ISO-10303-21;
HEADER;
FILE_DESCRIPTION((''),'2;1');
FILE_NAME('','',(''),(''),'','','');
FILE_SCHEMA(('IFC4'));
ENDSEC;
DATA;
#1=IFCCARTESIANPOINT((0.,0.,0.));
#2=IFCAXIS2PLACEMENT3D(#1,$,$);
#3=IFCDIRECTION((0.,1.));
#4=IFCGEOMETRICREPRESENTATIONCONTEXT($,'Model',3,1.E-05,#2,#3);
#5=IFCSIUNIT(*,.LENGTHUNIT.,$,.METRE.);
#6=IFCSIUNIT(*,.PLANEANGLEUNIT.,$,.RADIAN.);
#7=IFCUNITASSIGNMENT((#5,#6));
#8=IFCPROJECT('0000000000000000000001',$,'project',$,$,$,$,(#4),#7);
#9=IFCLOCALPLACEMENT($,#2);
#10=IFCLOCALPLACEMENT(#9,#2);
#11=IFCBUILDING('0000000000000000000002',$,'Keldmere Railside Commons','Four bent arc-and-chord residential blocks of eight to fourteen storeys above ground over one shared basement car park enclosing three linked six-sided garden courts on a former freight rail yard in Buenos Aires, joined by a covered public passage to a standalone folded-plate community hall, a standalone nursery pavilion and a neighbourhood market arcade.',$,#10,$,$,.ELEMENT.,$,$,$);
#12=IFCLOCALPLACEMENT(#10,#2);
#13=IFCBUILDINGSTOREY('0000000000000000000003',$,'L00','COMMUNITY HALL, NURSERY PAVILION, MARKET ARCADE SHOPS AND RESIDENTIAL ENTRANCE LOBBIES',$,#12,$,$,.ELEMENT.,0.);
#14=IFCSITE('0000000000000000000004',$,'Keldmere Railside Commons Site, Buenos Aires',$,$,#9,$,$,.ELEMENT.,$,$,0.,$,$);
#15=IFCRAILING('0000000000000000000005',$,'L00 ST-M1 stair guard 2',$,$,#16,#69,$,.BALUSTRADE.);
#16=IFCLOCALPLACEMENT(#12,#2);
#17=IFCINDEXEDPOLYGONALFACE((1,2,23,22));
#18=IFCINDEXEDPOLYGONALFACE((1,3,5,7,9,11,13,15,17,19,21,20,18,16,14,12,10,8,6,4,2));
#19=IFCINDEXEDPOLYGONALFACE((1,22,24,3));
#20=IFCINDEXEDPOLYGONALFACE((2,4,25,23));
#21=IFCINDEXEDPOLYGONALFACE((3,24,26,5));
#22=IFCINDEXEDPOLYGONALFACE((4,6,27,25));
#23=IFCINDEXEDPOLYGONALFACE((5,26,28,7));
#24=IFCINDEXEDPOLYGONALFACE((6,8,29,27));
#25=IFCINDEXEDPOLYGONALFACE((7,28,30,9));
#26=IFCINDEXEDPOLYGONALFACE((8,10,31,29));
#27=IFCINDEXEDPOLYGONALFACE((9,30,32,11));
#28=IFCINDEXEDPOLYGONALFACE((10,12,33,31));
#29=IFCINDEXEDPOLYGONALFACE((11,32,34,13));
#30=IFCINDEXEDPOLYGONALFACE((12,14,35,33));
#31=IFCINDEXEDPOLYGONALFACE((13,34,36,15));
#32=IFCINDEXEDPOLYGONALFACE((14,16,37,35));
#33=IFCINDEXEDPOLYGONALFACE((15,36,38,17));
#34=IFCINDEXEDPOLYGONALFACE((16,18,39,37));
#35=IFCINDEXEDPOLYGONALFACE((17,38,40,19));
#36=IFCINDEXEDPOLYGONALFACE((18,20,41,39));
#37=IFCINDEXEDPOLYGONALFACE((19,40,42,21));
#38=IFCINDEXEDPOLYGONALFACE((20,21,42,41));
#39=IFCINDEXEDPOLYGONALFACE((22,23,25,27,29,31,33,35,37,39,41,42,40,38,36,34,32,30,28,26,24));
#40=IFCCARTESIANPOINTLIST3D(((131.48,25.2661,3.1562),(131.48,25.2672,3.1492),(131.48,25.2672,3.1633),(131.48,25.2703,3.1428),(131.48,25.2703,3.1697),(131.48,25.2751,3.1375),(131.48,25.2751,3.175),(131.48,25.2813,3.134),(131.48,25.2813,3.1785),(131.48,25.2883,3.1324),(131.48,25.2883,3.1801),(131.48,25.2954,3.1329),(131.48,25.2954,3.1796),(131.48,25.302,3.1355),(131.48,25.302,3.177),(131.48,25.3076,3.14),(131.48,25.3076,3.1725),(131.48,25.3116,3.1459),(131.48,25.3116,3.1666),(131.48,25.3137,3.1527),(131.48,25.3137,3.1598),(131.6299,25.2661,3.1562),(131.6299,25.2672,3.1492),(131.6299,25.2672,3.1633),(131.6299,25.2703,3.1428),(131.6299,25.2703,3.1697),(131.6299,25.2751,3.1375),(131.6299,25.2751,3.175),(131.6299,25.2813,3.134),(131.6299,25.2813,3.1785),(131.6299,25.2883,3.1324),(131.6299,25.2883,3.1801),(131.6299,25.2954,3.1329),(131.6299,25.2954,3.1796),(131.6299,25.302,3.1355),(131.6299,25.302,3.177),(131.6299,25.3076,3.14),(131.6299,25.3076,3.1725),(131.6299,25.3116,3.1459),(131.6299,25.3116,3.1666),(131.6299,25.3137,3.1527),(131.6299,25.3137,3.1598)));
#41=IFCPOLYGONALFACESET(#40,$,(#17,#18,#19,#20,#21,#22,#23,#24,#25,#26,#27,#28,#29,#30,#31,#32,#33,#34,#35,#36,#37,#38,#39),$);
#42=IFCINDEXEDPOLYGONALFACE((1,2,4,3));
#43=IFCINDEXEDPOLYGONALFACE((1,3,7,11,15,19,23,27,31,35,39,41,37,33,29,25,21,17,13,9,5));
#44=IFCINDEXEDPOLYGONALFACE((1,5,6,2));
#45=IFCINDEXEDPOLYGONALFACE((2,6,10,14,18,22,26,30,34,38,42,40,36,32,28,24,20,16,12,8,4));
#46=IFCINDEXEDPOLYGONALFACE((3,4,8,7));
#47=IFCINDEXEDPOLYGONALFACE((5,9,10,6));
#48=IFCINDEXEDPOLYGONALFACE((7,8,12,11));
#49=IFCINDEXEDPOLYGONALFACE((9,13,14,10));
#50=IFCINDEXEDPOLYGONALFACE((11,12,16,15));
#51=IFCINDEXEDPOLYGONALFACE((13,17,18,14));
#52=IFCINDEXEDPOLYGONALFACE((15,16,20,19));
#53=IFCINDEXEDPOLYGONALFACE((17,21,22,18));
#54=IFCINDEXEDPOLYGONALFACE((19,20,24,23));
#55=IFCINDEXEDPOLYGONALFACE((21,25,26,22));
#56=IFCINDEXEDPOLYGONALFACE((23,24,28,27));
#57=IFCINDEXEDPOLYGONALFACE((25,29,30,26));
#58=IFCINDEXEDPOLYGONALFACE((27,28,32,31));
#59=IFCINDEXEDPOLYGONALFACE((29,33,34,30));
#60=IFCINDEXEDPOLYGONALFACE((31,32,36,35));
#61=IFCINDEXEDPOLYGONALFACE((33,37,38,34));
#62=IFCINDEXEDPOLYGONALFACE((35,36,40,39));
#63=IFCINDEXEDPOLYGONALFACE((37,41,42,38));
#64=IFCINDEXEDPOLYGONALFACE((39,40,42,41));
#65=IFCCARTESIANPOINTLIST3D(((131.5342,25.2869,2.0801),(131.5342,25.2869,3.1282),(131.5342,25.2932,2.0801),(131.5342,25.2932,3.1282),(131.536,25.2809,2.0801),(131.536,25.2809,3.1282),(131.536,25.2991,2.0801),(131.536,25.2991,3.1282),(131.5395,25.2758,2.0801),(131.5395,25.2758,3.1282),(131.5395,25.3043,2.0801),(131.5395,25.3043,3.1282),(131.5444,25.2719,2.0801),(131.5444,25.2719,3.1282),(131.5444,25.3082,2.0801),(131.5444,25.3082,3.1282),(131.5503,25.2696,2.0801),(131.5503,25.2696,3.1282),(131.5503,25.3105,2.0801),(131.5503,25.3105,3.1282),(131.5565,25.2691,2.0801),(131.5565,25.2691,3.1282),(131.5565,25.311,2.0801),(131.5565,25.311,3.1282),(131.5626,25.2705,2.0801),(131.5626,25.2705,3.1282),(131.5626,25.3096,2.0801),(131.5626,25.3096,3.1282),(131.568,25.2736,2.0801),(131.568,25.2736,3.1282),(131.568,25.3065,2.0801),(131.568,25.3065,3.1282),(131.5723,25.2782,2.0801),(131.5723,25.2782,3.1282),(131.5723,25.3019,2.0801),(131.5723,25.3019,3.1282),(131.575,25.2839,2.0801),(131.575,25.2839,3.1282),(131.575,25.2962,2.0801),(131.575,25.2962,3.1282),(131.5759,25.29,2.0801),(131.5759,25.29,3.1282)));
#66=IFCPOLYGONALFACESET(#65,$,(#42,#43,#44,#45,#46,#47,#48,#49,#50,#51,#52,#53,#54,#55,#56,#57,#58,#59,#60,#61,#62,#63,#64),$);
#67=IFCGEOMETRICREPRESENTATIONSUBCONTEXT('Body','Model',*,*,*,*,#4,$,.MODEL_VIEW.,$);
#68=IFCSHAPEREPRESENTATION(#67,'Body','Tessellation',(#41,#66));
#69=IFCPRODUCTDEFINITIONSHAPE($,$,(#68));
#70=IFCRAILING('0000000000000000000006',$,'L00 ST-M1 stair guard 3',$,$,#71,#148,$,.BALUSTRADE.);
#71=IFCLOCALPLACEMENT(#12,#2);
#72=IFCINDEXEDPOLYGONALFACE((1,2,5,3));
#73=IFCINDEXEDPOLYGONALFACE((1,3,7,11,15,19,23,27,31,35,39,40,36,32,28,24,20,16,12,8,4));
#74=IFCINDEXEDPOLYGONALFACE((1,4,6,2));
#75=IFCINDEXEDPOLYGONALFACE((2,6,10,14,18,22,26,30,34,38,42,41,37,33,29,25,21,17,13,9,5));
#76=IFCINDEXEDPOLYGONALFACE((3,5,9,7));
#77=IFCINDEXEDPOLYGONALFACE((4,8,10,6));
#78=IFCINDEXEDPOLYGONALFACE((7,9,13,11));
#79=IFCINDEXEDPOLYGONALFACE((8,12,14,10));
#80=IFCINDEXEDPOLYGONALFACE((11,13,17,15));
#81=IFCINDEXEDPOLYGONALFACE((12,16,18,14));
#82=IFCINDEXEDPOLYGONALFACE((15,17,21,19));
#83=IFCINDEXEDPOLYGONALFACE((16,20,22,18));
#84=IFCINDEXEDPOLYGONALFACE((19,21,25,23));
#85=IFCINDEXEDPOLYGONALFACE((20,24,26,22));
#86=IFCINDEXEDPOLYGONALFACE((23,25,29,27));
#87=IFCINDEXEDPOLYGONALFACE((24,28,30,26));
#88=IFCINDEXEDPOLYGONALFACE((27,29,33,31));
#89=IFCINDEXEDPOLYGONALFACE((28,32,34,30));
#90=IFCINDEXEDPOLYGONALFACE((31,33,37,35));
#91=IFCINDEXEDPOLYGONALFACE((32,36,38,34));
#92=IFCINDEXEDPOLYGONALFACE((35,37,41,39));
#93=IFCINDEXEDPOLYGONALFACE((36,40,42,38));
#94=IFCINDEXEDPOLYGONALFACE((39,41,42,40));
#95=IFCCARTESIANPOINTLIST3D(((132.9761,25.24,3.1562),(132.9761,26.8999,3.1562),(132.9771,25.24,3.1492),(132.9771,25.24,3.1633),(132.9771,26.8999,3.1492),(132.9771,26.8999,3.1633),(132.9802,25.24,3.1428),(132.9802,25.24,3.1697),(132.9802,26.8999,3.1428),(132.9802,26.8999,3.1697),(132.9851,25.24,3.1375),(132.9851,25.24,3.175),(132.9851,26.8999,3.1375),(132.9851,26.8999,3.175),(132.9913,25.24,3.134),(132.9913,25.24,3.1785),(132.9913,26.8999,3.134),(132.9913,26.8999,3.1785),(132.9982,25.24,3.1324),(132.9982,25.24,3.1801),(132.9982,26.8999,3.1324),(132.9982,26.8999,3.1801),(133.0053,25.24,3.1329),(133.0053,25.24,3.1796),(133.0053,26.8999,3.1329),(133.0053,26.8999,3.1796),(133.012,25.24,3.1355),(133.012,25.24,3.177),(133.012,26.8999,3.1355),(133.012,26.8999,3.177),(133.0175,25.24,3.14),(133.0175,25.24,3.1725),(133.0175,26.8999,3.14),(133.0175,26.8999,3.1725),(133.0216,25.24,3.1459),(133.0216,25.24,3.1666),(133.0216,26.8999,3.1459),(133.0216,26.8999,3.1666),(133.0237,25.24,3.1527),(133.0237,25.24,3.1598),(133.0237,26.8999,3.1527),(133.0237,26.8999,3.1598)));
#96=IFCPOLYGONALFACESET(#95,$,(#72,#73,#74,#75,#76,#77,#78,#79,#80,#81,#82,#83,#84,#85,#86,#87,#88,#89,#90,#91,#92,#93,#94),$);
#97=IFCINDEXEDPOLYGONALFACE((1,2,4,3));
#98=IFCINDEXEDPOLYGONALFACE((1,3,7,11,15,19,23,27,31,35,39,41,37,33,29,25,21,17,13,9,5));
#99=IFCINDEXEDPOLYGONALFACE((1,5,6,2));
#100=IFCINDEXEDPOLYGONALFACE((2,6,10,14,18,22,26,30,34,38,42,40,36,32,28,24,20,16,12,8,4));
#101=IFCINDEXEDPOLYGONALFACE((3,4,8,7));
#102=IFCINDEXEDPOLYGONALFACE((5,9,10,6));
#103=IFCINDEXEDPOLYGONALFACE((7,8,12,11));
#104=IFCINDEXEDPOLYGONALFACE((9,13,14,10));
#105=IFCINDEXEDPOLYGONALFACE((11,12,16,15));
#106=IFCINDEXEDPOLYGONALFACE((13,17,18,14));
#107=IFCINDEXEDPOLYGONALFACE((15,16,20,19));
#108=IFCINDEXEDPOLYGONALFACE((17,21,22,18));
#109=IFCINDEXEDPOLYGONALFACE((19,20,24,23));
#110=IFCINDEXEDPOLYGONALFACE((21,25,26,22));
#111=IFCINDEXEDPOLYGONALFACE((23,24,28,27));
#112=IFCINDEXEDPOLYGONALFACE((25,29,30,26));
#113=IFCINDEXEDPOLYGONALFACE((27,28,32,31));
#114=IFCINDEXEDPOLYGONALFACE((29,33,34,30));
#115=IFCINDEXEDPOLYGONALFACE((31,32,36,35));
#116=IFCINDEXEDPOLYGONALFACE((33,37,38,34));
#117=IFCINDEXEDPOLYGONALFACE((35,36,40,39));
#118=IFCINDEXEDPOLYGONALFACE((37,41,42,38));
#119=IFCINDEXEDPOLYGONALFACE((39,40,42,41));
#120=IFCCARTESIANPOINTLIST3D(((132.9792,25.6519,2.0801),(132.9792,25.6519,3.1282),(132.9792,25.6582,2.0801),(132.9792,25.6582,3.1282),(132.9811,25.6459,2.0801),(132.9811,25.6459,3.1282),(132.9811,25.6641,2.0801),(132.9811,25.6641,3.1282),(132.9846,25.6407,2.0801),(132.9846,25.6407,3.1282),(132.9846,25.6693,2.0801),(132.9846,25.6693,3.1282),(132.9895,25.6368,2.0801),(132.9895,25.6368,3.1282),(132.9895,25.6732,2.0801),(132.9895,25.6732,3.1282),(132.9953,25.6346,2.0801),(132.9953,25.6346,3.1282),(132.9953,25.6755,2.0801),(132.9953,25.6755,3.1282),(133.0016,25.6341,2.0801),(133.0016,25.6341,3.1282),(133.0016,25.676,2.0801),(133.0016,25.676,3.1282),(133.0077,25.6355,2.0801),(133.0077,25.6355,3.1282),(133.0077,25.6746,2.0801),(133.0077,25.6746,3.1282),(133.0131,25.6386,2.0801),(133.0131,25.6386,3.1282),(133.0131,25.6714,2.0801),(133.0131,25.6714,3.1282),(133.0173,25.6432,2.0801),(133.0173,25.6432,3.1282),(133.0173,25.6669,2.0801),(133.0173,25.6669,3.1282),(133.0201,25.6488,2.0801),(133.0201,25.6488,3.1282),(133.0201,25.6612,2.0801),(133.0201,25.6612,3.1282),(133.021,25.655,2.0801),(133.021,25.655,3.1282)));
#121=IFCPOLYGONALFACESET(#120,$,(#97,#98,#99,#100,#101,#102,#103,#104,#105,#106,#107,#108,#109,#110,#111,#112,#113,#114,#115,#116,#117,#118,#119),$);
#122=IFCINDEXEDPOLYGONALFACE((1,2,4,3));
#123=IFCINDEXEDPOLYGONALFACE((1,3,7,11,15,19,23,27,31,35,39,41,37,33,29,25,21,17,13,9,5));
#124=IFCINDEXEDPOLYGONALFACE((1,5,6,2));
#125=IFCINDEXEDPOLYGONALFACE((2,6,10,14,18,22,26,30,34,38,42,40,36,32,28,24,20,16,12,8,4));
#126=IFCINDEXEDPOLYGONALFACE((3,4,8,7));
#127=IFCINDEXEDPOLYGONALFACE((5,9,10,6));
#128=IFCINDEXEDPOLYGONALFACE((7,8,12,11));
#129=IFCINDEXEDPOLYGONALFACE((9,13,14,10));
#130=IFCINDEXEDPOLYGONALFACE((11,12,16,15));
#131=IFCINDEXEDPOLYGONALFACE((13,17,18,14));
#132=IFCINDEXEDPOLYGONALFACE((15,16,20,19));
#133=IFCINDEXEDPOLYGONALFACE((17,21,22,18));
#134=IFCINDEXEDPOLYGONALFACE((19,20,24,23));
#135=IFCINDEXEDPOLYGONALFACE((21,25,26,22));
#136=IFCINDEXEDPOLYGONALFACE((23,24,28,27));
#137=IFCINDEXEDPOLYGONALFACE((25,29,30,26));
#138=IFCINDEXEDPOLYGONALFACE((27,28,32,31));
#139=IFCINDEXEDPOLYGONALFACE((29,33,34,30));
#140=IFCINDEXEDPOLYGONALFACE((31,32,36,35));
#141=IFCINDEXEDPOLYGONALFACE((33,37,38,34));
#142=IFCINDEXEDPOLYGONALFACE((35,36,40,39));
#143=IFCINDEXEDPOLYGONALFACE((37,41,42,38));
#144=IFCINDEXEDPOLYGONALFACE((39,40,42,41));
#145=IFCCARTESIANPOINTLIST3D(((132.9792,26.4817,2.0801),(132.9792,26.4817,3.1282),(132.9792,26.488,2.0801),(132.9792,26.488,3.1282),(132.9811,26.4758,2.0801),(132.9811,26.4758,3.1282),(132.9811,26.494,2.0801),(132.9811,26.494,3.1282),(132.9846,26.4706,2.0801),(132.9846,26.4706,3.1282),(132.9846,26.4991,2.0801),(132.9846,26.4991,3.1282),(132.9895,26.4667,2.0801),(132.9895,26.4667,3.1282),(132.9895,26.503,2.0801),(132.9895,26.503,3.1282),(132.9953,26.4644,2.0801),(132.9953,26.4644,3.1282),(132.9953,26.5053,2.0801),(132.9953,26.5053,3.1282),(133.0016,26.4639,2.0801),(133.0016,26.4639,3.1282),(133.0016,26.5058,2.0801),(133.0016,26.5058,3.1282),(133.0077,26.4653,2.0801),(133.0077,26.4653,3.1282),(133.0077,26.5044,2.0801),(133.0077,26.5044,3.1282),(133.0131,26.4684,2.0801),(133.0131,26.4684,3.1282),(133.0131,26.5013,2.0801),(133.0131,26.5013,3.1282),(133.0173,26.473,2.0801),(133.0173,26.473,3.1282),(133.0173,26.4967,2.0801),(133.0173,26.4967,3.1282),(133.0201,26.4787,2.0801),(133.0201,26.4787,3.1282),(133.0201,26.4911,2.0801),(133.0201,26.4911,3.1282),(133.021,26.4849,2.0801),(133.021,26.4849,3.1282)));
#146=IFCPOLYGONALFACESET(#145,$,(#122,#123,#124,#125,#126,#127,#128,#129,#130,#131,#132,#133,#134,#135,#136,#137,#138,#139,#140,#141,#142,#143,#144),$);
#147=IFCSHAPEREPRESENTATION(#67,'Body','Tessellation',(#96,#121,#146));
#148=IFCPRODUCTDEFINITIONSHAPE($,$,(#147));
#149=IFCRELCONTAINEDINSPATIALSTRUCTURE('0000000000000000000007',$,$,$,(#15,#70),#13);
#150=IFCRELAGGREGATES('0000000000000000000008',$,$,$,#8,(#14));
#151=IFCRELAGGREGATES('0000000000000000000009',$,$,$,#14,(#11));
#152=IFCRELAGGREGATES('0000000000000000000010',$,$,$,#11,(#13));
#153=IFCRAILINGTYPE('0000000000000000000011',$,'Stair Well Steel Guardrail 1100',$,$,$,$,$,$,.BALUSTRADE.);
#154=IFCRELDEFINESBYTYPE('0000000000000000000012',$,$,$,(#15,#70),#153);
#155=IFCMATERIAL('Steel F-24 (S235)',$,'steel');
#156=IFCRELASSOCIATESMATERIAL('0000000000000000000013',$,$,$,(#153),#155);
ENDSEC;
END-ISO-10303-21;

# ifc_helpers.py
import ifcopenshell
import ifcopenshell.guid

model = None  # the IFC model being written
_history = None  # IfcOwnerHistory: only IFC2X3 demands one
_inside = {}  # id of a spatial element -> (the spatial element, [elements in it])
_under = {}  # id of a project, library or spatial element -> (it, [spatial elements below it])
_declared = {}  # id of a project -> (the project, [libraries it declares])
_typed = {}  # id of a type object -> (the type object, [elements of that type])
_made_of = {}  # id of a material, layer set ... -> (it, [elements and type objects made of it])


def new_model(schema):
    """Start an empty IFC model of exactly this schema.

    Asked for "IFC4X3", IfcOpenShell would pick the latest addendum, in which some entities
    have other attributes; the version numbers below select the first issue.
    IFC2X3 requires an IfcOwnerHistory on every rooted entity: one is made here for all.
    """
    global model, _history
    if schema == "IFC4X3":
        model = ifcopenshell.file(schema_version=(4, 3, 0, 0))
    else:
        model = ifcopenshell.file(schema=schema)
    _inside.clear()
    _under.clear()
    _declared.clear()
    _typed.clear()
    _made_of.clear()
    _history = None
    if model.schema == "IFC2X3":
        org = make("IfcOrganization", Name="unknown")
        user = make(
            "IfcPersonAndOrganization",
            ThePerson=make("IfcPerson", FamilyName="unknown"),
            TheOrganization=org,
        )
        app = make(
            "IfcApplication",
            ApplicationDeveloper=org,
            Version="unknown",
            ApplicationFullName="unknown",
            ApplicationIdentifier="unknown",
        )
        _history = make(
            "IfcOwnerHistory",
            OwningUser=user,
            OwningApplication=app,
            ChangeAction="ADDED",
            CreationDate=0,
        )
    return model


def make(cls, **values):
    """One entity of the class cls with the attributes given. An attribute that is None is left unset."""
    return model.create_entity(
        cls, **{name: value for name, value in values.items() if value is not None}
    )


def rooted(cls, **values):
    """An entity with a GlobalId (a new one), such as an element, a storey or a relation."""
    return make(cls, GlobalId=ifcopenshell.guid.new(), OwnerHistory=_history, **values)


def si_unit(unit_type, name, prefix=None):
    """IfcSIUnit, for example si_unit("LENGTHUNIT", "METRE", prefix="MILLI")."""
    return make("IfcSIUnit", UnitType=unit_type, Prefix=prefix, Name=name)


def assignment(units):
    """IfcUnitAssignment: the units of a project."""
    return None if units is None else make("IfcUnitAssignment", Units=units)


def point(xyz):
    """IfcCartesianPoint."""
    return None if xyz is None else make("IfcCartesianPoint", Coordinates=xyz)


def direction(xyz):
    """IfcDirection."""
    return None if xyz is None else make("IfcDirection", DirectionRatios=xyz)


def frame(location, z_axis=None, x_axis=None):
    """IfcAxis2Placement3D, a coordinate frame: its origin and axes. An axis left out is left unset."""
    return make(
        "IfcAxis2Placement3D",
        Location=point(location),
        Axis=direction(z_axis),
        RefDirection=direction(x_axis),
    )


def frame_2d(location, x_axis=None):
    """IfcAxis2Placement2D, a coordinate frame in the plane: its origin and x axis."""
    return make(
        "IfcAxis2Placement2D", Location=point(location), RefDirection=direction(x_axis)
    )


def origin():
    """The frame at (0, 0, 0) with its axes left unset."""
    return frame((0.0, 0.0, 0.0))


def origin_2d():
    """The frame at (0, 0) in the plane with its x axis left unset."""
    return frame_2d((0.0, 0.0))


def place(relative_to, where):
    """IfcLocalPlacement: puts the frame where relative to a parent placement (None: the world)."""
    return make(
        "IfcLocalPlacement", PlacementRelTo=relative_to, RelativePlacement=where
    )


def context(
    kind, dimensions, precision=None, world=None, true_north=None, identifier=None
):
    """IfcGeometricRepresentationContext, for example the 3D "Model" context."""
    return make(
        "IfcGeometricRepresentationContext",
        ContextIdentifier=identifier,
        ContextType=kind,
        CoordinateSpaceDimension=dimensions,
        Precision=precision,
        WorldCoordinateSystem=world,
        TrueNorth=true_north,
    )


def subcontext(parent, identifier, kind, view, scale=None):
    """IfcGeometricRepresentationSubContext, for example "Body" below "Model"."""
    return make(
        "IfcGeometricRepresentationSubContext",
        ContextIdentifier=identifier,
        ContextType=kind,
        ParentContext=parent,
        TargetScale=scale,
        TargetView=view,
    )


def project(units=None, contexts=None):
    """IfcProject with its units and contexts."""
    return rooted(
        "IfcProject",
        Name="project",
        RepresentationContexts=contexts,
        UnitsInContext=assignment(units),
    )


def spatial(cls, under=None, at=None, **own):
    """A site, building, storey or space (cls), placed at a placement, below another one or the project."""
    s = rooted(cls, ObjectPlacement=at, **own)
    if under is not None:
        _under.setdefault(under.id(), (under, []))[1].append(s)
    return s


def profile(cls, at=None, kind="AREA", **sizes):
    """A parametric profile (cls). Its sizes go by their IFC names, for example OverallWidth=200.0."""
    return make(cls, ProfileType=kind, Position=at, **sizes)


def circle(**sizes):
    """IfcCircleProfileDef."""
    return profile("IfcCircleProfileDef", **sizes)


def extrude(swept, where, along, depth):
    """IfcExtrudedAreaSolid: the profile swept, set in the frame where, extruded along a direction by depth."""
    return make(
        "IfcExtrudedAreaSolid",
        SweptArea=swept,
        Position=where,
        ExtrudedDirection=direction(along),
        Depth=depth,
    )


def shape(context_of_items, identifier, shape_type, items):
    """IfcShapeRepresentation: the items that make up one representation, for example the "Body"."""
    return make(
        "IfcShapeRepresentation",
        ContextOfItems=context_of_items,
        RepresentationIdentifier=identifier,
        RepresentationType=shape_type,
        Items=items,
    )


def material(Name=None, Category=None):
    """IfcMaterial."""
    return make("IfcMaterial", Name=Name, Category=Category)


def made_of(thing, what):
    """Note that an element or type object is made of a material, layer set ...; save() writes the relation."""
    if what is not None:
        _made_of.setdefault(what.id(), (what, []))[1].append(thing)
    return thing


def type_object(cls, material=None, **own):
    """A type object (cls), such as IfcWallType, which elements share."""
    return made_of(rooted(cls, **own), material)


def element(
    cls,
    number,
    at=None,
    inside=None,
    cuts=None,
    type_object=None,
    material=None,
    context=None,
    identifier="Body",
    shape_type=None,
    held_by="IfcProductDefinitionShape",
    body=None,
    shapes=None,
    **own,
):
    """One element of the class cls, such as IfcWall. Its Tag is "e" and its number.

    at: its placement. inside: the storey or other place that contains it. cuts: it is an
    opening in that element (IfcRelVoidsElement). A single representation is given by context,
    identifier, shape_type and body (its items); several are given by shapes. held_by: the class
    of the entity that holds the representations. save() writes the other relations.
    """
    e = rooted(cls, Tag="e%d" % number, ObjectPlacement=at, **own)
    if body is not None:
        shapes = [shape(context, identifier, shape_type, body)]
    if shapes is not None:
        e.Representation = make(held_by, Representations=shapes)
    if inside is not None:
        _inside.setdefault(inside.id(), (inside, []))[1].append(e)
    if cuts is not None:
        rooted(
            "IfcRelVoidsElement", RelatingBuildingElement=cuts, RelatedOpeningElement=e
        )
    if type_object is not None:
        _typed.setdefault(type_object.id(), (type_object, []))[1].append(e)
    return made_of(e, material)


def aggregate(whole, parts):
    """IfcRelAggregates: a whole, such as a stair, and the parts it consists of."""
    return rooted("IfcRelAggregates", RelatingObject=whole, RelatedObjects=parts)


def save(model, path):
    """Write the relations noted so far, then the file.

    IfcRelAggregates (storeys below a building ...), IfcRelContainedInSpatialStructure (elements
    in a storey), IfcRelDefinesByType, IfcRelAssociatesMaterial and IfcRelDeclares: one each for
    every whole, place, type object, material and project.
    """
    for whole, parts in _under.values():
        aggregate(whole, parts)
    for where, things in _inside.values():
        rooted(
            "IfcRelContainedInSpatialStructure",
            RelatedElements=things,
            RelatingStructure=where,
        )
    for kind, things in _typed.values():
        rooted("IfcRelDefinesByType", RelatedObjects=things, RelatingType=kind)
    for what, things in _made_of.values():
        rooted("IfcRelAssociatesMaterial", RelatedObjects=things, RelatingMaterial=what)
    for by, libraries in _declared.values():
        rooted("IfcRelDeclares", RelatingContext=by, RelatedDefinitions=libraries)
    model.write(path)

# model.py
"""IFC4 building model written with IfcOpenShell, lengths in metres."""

from ifc_helpers import new_model, si_unit, direction, frame, origin, origin_2d, place, context, subcontext, project, spatial, circle, extrude, material, type_object, element, save


model = new_model("IFC4")

# Units and contexts
model_context = context("Model", 3, precision=1e-05, world=origin(), true_north=direction((0.0, 1.0)))
body_context = subcontext(model_context, "Body", "Model", "MODEL_VIEW")
ifc_project = project(units=[si_unit("LENGTHUNIT", "METRE"), si_unit("PLANEANGLEUNIT", "RADIAN")], contexts=[model_context])

# Site, building, storey
site_placement = place(None, origin())
site = spatial("IfcSite", under=ifc_project, at=site_placement, Name="Keldmere Railside Commons Site, Buenos Aires", CompositionType="ELEMENT", RefElevation=0.0)
building_placement = place(site_placement, origin())
building = spatial("IfcBuilding", under=site, at=building_placement, Name="Keldmere Railside Commons", Description="Four bent arc-and-chord residential blocks of eight to fourteen storeys above ground over one shared basement car park enclosing three linked six-sided garden courts on a former freight rail yard in Buenos Aires, joined by a covered public passage to a standalone folded-plate community hall, a standalone nursery pavilion and a neighbourhood market arcade.", CompositionType="ELEMENT")
storey_placement = place(building_placement, origin())
storey = spatial("IfcBuildingStorey", under=building, at=storey_placement, Name="L00", Description="COMMUNITY HALL, NURSERY PAVILION, MARKET ARCADE SHOPS AND RESIDENTIAL ENTRANCE LOBBIES", CompositionType="ELEMENT", Elevation=0.0)

# Shared definitions
ifc_material_1 = material(Name="Steel F-24 (S235)", Category="steel")

# Railings
railing_type_1 = type_object("IfcRailingType", Name="Stair Well Steel Guardrail 1100", PredefinedType="BALUSTRADE", material=ifc_material_1)
railing_1_placement = place(storey_placement, frame((131.6299, 25.29, 2.0801)))
element("IfcRailing", 1, at=railing_1_placement, inside=storey, type_object=railing_type_1, Name="L00 ST-M1 stair guard 2", PredefinedType="BALUSTRADE", context=body_context, shape_type="SweptSolid", body=[
    extrude(circle(Radius=0.0239, at=origin_2d()), frame((0.0, 0.0, 1.0762), z_axis=(-1.0, 0.0, 0.0), x_axis=(0.0, -1.0, 0.0)), (0.0, 0.0, 1.0), 0.1499),
    extrude(circle(Radius=0.021, at=origin_2d()), frame((-0.075, 0.0, 0.0)), (0.0, 0.0, 1.0), 1.0481),
])
railing_2_placement = place(storey_placement, frame((133.0, 25.24, 2.0801)))
element("IfcRailing", 2, at=railing_2_placement, inside=storey, type_object=railing_type_1, Name="L00 ST-M1 stair guard 3", PredefinedType="BALUSTRADE", context=body_context, shape_type="SweptSolid", body=[
    extrude(circle(Radius=0.0239, at=origin_2d()), frame((0.0, 0.0, 1.0762), z_axis=(0.0, 1.0, 0.0), x_axis=(-1.0, 0.0, 0.0)), (0.0, 0.0, 1.0), 1.6599),
    extrude(circle(Radius=0.021, at=origin_2d()), frame((0.0, 0.415, 0.0)), (0.0, 0.0, 1.0), 1.0481),
    extrude(circle(Radius=0.021, at=origin_2d()), frame((0.0, 1.2449, 0.0)), (0.0, 0.0, 1.0), 1.0481),
])

save(model, "model.ifc")
